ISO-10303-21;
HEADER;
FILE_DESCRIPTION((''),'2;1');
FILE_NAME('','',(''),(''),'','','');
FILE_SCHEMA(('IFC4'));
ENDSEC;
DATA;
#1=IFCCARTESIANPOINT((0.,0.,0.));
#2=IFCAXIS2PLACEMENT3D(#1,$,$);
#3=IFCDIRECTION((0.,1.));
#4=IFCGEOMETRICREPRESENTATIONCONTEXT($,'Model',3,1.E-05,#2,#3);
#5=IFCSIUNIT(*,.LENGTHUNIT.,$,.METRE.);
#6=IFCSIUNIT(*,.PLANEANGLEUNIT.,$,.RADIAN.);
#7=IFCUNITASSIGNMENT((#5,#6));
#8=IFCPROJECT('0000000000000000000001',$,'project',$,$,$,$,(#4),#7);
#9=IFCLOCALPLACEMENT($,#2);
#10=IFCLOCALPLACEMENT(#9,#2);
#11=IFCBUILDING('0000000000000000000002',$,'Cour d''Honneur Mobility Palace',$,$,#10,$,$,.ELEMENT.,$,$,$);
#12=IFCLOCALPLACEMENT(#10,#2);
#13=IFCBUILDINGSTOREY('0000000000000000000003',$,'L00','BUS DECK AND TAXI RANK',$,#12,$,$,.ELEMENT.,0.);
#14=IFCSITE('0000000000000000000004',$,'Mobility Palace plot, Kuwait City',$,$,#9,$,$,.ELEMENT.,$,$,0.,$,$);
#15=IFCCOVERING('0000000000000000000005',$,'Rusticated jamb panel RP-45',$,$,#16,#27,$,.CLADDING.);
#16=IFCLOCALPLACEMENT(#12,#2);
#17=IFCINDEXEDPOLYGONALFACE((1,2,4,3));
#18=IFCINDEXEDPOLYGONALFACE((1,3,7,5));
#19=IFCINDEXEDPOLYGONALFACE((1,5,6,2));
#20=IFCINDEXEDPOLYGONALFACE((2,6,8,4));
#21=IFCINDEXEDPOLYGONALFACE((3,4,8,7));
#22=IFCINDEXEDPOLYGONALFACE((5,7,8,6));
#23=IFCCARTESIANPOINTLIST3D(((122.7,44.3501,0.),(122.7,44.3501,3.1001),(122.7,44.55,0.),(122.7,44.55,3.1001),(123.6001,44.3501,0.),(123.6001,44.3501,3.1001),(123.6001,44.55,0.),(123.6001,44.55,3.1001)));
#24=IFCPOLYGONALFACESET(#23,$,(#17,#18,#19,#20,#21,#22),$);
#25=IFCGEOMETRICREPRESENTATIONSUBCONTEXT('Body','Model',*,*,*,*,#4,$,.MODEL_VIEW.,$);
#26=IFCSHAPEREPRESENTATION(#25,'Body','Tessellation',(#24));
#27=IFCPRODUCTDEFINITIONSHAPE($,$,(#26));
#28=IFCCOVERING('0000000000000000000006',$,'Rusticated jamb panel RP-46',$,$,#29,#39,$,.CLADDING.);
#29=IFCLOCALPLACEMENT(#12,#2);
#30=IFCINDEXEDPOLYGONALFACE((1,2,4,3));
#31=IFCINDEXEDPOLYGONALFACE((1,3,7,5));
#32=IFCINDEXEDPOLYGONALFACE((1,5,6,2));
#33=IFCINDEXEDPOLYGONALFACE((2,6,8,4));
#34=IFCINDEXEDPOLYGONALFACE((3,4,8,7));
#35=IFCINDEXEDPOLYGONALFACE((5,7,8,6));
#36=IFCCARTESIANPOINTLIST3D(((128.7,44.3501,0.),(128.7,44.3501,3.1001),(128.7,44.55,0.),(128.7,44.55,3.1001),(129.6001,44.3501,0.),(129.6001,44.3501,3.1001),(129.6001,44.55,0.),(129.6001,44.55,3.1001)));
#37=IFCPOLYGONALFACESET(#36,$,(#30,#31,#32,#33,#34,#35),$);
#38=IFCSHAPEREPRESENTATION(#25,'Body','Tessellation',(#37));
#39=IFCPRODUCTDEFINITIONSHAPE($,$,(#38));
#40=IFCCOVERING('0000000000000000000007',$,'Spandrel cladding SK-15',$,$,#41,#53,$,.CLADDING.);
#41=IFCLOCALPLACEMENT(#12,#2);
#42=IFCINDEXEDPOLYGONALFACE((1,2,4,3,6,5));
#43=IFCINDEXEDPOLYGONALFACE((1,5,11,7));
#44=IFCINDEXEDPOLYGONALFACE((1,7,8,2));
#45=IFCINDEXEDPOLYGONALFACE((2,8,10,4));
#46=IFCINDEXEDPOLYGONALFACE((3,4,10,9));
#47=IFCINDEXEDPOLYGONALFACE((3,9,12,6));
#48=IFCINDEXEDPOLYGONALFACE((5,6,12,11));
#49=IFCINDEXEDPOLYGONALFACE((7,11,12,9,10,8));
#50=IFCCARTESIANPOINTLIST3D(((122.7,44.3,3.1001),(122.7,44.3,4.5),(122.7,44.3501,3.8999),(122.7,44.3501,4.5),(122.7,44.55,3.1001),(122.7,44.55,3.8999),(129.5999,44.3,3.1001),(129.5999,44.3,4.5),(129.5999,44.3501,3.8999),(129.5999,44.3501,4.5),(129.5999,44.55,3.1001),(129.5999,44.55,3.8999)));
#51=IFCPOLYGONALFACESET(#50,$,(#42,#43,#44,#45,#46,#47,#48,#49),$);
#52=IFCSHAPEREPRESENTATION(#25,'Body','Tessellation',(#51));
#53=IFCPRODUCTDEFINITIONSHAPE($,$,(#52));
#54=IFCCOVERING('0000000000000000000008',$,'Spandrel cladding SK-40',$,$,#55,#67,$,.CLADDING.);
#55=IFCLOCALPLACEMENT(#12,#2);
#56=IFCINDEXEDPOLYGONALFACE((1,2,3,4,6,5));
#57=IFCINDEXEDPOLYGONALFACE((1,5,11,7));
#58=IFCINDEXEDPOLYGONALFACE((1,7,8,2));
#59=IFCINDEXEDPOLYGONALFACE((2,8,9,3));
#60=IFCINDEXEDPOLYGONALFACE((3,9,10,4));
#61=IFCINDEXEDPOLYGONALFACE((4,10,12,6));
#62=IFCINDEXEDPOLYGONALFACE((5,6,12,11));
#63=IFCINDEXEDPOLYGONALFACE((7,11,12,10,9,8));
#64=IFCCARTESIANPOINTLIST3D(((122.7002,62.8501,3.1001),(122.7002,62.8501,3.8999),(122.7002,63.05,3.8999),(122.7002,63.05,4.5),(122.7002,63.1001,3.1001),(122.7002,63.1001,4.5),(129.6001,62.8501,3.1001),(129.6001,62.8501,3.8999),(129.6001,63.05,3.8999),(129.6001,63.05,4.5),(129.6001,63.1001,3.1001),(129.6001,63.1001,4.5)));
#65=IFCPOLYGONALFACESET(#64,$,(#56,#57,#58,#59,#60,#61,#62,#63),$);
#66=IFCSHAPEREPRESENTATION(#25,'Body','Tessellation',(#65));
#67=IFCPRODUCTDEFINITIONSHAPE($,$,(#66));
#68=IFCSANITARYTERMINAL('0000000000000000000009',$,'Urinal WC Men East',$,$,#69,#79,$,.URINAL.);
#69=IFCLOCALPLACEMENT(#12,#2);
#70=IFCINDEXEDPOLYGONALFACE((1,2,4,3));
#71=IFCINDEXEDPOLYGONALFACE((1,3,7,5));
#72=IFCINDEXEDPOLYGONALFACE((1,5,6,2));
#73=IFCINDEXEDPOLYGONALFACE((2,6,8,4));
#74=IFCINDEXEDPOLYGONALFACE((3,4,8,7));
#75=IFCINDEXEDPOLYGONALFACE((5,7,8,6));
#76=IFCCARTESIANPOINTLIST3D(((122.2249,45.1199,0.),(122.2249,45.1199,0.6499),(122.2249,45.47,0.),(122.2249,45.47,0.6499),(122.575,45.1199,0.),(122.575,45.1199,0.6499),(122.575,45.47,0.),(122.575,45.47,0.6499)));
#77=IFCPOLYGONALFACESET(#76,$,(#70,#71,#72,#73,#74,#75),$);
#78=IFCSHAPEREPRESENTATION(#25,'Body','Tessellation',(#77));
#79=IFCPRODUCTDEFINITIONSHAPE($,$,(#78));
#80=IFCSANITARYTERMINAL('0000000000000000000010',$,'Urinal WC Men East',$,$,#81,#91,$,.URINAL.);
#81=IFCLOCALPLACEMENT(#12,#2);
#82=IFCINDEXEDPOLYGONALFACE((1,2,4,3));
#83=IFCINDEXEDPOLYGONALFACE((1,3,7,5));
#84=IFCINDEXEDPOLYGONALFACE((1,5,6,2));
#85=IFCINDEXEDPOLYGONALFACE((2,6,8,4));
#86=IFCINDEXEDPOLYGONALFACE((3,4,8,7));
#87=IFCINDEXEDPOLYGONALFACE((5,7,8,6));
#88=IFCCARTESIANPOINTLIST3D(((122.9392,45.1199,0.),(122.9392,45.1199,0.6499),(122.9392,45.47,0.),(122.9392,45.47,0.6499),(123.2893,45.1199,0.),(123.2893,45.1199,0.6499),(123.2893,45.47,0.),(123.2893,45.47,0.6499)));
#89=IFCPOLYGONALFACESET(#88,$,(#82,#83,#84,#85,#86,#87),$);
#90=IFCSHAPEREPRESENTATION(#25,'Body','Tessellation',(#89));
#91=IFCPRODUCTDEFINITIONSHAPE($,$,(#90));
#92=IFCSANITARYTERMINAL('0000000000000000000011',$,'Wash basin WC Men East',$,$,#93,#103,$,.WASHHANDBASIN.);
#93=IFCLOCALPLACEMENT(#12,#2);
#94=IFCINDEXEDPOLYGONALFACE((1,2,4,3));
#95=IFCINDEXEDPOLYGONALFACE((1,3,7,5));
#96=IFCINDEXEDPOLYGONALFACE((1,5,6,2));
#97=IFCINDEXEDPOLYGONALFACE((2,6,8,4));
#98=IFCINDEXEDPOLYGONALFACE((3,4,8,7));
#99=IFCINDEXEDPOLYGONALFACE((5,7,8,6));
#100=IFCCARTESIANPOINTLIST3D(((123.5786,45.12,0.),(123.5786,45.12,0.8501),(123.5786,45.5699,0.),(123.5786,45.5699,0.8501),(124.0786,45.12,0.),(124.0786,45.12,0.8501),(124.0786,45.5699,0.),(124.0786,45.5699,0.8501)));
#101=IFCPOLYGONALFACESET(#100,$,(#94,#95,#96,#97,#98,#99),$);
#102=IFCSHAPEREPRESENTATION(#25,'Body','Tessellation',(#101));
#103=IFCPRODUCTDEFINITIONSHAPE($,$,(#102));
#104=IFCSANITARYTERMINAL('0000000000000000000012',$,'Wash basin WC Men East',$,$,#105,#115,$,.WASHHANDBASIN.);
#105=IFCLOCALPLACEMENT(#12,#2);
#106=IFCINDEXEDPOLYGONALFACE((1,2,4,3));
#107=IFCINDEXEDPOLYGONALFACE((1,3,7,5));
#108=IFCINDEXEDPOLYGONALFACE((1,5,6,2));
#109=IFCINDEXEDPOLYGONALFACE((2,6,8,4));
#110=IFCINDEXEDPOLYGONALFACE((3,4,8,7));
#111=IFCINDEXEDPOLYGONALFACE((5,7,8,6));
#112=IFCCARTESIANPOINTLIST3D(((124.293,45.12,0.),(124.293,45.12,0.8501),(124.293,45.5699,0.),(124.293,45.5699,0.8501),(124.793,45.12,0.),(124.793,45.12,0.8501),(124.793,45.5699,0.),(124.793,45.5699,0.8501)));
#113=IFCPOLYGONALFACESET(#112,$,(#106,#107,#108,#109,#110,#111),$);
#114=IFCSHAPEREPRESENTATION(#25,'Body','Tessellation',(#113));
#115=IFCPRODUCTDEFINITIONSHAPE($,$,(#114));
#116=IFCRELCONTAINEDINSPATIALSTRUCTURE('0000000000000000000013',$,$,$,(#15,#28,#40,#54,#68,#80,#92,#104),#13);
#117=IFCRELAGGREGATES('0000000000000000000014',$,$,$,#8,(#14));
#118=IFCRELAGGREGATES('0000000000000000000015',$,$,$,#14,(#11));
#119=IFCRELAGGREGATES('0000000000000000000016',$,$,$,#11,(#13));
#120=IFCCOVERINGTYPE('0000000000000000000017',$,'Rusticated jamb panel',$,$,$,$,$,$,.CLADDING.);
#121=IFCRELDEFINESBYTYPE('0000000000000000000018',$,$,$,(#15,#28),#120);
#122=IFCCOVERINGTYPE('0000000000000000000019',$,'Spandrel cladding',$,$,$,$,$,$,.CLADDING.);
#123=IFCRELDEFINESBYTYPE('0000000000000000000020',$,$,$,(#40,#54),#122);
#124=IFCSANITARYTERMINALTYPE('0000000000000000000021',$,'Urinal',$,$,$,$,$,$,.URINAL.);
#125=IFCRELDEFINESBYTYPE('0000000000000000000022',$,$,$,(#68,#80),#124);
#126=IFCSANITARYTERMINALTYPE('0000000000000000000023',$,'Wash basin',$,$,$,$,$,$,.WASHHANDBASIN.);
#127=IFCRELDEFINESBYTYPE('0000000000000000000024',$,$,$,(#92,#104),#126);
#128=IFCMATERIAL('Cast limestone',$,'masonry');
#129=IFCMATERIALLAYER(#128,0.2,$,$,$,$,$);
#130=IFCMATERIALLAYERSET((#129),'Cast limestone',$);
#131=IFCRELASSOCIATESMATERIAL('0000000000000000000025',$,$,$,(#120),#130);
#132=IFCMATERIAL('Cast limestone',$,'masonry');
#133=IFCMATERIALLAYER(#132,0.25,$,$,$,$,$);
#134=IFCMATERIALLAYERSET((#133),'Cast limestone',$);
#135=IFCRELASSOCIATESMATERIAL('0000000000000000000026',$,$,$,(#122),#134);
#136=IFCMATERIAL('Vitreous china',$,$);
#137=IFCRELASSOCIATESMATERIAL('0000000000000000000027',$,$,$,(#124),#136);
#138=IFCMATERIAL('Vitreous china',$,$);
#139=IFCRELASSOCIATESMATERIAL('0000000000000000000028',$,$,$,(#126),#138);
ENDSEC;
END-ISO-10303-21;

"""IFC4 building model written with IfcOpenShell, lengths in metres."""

from ifc_helpers import new_model, si_unit, direction, frame, origin, origin_2d, place, context, subcontext, project, spatial, polyline, rectangle, outline, extrude, material, layer, layer_set, type_object, element, save


model = new_model("IFC4")

# Units and contexts
model_context = context("Model", 3, precision=1e-05, world=origin(), true_north=direction((0.0, 1.0)))
body_context = subcontext(model_context, "Body", "Model", "MODEL_VIEW")
ifc_project = project(units=[si_unit("LENGTHUNIT", "METRE"), si_unit("PLANEANGLEUNIT", "RADIAN")], contexts=[model_context])

# Site, building, storey
site_placement = place(None, origin())
site = spatial("IfcSite", under=ifc_project, at=site_placement, Name="Mobility Palace plot, Kuwait City", CompositionType="ELEMENT", RefElevation=0.0)
building_placement = place(site_placement, origin())
building = spatial("IfcBuilding", under=site, at=building_placement, Name="Cour d'Honneur Mobility Palace", CompositionType="ELEMENT")
storey_placement = place(building_placement, origin())
storey = spatial("IfcBuildingStorey", under=building, at=storey_placement, Name="L00", Description="BUS DECK AND TAXI RANK", CompositionType="ELEMENT", Elevation=0.0)

# Coverings
ifc_material_1 = material(Name="Cast limestone", Category="masonry")
ifc_layer_1 = layer(ifc_material_1, 0.2)
ifc_layer_set_1 = layer_set([ifc_layer_1], Name="Cast limestone")
covering_type_1 = type_object("IfcCoveringType", Name="Rusticated jamb panel", PredefinedType="CLADDING", material=ifc_layer_set_1)
for number, where, z_axis, x_axis, name in (
    (1, (122.7, 44.3501, 0.0), (0.0, -1.0, 0.0), (1.0, 0.0, 0.0), "Rusticated jamb panel RP-45"),
    (2, (128.7, 44.3501, 0.0), (0.0, -1.0, 0.0), (1.0, 0.0, 0.0), "Rusticated jamb panel RP-46"),
):
    element("IfcCovering", number, at=place(storey_placement, frame(where, z_axis=z_axis, x_axis=x_axis)), inside=storey, type_object=covering_type_1, Name=name, PredefinedType="CLADDING", context=body_context, shape_type="SweptSolid", body=[
        extrude(outline(polyline([(0.0, 0.0), (0.9001, 0.0), (0.9001, 3.1001), (0.0, 3.1001), (0.0, 0.0)])), origin(), (0.0, 0.0, -1.0), 0.2),
    ])
ifc_material_2 = material(Name="Cast limestone", Category="masonry")
ifc_layer_2 = layer(ifc_material_2, 0.25)
ifc_layer_set_2 = layer_set([ifc_layer_2], Name="Cast limestone")
covering_type_2 = type_object("IfcCoveringType", Name="Spandrel cladding", PredefinedType="CLADDING", material=ifc_layer_set_2)
for number, where, z_axis, x_axis, name in (
    (3, (122.7, 44.55, 3.1001), (-1.0, 0.0, 0.0), (0.0, -1.0, 0.0), "Spandrel cladding SK-15"),
    (4, (129.6001, 62.8501, 3.1001), (1.0, 0.0, 0.0), (0.0, 1.0, 0.0), "Spandrel cladding SK-40"),
):
    element("IfcCovering", number, at=place(storey_placement, frame(where, z_axis=z_axis, x_axis=x_axis)), inside=storey, type_object=covering_type_2, Name=name, PredefinedType="CLADDING", context=body_context, shape_type="SweptSolid", body=[
        extrude(outline(polyline([(0.0, 0.0), (0.25, 0.0), (0.25, 1.3999), (0.2, 1.3999), (0.2, 0.7998), (0.0, 0.7998), (0.0, 0.0)])), origin(), (0.0, 0.0, -1.0), 6.8999),
    ])

# Sanitary terminals
ifc_material_3 = material(Name="Vitreous china")
sanitary_terminal_type_1 = type_object("IfcSanitaryTerminalType", Name="Urinal", PredefinedType="URINAL", material=ifc_material_3)
for number, where, z_axis, x_axis, name in (
    (5, (122.3999, 45.2949, 0.0), (0.0, 0.0, 1.0), (1.0, 0.0, 0.0), "Urinal WC Men East"),
    (6, (123.1143, 45.2949, 0.0), (0.0, 0.0, 1.0), (1.0, 0.0, 0.0), "Urinal WC Men East"),
):
    element("IfcSanitaryTerminal", number, at=place(storey_placement, frame(where, z_axis=z_axis, x_axis=x_axis)), inside=storey, type_object=sanitary_terminal_type_1, Name=name, PredefinedType="URINAL", context=body_context, shape_type="SweptSolid", body=[
        extrude(rectangle(XDim=0.3501, YDim=0.3501, at=origin_2d()), origin(), (0.0, 0.0, 1.0), 0.6499),
    ])
ifc_material_4 = material(Name="Vitreous china")
sanitary_terminal_type_2 = type_object("IfcSanitaryTerminalType", Name="Wash basin", PredefinedType="WASHHANDBASIN", material=ifc_material_4)
for number, where, z_axis, x_axis, name in (
    (7, (123.8286, 45.345, 0.0), (0.0, 0.0, 1.0), (1.0, 0.0, 0.0), "Wash basin WC Men East"),
    (8, (124.543, 45.345, 0.0), (0.0, 0.0, 1.0), (1.0, 0.0, 0.0), "Wash basin WC Men East"),
):
    element("IfcSanitaryTerminal", number, at=place(storey_placement, frame(where, z_axis=z_axis, x_axis=x_axis)), inside=storey, type_object=sanitary_terminal_type_2, Name=name, PredefinedType="WASHHANDBASIN", context=body_context, shape_type="SweptSolid", body=[
        extrude(rectangle(XDim=0.5, YDim=0.45, at=origin_2d()), origin(), (0.0, 0.0, 1.0), 0.8501),
    ])

save(model, "model.ifc")
